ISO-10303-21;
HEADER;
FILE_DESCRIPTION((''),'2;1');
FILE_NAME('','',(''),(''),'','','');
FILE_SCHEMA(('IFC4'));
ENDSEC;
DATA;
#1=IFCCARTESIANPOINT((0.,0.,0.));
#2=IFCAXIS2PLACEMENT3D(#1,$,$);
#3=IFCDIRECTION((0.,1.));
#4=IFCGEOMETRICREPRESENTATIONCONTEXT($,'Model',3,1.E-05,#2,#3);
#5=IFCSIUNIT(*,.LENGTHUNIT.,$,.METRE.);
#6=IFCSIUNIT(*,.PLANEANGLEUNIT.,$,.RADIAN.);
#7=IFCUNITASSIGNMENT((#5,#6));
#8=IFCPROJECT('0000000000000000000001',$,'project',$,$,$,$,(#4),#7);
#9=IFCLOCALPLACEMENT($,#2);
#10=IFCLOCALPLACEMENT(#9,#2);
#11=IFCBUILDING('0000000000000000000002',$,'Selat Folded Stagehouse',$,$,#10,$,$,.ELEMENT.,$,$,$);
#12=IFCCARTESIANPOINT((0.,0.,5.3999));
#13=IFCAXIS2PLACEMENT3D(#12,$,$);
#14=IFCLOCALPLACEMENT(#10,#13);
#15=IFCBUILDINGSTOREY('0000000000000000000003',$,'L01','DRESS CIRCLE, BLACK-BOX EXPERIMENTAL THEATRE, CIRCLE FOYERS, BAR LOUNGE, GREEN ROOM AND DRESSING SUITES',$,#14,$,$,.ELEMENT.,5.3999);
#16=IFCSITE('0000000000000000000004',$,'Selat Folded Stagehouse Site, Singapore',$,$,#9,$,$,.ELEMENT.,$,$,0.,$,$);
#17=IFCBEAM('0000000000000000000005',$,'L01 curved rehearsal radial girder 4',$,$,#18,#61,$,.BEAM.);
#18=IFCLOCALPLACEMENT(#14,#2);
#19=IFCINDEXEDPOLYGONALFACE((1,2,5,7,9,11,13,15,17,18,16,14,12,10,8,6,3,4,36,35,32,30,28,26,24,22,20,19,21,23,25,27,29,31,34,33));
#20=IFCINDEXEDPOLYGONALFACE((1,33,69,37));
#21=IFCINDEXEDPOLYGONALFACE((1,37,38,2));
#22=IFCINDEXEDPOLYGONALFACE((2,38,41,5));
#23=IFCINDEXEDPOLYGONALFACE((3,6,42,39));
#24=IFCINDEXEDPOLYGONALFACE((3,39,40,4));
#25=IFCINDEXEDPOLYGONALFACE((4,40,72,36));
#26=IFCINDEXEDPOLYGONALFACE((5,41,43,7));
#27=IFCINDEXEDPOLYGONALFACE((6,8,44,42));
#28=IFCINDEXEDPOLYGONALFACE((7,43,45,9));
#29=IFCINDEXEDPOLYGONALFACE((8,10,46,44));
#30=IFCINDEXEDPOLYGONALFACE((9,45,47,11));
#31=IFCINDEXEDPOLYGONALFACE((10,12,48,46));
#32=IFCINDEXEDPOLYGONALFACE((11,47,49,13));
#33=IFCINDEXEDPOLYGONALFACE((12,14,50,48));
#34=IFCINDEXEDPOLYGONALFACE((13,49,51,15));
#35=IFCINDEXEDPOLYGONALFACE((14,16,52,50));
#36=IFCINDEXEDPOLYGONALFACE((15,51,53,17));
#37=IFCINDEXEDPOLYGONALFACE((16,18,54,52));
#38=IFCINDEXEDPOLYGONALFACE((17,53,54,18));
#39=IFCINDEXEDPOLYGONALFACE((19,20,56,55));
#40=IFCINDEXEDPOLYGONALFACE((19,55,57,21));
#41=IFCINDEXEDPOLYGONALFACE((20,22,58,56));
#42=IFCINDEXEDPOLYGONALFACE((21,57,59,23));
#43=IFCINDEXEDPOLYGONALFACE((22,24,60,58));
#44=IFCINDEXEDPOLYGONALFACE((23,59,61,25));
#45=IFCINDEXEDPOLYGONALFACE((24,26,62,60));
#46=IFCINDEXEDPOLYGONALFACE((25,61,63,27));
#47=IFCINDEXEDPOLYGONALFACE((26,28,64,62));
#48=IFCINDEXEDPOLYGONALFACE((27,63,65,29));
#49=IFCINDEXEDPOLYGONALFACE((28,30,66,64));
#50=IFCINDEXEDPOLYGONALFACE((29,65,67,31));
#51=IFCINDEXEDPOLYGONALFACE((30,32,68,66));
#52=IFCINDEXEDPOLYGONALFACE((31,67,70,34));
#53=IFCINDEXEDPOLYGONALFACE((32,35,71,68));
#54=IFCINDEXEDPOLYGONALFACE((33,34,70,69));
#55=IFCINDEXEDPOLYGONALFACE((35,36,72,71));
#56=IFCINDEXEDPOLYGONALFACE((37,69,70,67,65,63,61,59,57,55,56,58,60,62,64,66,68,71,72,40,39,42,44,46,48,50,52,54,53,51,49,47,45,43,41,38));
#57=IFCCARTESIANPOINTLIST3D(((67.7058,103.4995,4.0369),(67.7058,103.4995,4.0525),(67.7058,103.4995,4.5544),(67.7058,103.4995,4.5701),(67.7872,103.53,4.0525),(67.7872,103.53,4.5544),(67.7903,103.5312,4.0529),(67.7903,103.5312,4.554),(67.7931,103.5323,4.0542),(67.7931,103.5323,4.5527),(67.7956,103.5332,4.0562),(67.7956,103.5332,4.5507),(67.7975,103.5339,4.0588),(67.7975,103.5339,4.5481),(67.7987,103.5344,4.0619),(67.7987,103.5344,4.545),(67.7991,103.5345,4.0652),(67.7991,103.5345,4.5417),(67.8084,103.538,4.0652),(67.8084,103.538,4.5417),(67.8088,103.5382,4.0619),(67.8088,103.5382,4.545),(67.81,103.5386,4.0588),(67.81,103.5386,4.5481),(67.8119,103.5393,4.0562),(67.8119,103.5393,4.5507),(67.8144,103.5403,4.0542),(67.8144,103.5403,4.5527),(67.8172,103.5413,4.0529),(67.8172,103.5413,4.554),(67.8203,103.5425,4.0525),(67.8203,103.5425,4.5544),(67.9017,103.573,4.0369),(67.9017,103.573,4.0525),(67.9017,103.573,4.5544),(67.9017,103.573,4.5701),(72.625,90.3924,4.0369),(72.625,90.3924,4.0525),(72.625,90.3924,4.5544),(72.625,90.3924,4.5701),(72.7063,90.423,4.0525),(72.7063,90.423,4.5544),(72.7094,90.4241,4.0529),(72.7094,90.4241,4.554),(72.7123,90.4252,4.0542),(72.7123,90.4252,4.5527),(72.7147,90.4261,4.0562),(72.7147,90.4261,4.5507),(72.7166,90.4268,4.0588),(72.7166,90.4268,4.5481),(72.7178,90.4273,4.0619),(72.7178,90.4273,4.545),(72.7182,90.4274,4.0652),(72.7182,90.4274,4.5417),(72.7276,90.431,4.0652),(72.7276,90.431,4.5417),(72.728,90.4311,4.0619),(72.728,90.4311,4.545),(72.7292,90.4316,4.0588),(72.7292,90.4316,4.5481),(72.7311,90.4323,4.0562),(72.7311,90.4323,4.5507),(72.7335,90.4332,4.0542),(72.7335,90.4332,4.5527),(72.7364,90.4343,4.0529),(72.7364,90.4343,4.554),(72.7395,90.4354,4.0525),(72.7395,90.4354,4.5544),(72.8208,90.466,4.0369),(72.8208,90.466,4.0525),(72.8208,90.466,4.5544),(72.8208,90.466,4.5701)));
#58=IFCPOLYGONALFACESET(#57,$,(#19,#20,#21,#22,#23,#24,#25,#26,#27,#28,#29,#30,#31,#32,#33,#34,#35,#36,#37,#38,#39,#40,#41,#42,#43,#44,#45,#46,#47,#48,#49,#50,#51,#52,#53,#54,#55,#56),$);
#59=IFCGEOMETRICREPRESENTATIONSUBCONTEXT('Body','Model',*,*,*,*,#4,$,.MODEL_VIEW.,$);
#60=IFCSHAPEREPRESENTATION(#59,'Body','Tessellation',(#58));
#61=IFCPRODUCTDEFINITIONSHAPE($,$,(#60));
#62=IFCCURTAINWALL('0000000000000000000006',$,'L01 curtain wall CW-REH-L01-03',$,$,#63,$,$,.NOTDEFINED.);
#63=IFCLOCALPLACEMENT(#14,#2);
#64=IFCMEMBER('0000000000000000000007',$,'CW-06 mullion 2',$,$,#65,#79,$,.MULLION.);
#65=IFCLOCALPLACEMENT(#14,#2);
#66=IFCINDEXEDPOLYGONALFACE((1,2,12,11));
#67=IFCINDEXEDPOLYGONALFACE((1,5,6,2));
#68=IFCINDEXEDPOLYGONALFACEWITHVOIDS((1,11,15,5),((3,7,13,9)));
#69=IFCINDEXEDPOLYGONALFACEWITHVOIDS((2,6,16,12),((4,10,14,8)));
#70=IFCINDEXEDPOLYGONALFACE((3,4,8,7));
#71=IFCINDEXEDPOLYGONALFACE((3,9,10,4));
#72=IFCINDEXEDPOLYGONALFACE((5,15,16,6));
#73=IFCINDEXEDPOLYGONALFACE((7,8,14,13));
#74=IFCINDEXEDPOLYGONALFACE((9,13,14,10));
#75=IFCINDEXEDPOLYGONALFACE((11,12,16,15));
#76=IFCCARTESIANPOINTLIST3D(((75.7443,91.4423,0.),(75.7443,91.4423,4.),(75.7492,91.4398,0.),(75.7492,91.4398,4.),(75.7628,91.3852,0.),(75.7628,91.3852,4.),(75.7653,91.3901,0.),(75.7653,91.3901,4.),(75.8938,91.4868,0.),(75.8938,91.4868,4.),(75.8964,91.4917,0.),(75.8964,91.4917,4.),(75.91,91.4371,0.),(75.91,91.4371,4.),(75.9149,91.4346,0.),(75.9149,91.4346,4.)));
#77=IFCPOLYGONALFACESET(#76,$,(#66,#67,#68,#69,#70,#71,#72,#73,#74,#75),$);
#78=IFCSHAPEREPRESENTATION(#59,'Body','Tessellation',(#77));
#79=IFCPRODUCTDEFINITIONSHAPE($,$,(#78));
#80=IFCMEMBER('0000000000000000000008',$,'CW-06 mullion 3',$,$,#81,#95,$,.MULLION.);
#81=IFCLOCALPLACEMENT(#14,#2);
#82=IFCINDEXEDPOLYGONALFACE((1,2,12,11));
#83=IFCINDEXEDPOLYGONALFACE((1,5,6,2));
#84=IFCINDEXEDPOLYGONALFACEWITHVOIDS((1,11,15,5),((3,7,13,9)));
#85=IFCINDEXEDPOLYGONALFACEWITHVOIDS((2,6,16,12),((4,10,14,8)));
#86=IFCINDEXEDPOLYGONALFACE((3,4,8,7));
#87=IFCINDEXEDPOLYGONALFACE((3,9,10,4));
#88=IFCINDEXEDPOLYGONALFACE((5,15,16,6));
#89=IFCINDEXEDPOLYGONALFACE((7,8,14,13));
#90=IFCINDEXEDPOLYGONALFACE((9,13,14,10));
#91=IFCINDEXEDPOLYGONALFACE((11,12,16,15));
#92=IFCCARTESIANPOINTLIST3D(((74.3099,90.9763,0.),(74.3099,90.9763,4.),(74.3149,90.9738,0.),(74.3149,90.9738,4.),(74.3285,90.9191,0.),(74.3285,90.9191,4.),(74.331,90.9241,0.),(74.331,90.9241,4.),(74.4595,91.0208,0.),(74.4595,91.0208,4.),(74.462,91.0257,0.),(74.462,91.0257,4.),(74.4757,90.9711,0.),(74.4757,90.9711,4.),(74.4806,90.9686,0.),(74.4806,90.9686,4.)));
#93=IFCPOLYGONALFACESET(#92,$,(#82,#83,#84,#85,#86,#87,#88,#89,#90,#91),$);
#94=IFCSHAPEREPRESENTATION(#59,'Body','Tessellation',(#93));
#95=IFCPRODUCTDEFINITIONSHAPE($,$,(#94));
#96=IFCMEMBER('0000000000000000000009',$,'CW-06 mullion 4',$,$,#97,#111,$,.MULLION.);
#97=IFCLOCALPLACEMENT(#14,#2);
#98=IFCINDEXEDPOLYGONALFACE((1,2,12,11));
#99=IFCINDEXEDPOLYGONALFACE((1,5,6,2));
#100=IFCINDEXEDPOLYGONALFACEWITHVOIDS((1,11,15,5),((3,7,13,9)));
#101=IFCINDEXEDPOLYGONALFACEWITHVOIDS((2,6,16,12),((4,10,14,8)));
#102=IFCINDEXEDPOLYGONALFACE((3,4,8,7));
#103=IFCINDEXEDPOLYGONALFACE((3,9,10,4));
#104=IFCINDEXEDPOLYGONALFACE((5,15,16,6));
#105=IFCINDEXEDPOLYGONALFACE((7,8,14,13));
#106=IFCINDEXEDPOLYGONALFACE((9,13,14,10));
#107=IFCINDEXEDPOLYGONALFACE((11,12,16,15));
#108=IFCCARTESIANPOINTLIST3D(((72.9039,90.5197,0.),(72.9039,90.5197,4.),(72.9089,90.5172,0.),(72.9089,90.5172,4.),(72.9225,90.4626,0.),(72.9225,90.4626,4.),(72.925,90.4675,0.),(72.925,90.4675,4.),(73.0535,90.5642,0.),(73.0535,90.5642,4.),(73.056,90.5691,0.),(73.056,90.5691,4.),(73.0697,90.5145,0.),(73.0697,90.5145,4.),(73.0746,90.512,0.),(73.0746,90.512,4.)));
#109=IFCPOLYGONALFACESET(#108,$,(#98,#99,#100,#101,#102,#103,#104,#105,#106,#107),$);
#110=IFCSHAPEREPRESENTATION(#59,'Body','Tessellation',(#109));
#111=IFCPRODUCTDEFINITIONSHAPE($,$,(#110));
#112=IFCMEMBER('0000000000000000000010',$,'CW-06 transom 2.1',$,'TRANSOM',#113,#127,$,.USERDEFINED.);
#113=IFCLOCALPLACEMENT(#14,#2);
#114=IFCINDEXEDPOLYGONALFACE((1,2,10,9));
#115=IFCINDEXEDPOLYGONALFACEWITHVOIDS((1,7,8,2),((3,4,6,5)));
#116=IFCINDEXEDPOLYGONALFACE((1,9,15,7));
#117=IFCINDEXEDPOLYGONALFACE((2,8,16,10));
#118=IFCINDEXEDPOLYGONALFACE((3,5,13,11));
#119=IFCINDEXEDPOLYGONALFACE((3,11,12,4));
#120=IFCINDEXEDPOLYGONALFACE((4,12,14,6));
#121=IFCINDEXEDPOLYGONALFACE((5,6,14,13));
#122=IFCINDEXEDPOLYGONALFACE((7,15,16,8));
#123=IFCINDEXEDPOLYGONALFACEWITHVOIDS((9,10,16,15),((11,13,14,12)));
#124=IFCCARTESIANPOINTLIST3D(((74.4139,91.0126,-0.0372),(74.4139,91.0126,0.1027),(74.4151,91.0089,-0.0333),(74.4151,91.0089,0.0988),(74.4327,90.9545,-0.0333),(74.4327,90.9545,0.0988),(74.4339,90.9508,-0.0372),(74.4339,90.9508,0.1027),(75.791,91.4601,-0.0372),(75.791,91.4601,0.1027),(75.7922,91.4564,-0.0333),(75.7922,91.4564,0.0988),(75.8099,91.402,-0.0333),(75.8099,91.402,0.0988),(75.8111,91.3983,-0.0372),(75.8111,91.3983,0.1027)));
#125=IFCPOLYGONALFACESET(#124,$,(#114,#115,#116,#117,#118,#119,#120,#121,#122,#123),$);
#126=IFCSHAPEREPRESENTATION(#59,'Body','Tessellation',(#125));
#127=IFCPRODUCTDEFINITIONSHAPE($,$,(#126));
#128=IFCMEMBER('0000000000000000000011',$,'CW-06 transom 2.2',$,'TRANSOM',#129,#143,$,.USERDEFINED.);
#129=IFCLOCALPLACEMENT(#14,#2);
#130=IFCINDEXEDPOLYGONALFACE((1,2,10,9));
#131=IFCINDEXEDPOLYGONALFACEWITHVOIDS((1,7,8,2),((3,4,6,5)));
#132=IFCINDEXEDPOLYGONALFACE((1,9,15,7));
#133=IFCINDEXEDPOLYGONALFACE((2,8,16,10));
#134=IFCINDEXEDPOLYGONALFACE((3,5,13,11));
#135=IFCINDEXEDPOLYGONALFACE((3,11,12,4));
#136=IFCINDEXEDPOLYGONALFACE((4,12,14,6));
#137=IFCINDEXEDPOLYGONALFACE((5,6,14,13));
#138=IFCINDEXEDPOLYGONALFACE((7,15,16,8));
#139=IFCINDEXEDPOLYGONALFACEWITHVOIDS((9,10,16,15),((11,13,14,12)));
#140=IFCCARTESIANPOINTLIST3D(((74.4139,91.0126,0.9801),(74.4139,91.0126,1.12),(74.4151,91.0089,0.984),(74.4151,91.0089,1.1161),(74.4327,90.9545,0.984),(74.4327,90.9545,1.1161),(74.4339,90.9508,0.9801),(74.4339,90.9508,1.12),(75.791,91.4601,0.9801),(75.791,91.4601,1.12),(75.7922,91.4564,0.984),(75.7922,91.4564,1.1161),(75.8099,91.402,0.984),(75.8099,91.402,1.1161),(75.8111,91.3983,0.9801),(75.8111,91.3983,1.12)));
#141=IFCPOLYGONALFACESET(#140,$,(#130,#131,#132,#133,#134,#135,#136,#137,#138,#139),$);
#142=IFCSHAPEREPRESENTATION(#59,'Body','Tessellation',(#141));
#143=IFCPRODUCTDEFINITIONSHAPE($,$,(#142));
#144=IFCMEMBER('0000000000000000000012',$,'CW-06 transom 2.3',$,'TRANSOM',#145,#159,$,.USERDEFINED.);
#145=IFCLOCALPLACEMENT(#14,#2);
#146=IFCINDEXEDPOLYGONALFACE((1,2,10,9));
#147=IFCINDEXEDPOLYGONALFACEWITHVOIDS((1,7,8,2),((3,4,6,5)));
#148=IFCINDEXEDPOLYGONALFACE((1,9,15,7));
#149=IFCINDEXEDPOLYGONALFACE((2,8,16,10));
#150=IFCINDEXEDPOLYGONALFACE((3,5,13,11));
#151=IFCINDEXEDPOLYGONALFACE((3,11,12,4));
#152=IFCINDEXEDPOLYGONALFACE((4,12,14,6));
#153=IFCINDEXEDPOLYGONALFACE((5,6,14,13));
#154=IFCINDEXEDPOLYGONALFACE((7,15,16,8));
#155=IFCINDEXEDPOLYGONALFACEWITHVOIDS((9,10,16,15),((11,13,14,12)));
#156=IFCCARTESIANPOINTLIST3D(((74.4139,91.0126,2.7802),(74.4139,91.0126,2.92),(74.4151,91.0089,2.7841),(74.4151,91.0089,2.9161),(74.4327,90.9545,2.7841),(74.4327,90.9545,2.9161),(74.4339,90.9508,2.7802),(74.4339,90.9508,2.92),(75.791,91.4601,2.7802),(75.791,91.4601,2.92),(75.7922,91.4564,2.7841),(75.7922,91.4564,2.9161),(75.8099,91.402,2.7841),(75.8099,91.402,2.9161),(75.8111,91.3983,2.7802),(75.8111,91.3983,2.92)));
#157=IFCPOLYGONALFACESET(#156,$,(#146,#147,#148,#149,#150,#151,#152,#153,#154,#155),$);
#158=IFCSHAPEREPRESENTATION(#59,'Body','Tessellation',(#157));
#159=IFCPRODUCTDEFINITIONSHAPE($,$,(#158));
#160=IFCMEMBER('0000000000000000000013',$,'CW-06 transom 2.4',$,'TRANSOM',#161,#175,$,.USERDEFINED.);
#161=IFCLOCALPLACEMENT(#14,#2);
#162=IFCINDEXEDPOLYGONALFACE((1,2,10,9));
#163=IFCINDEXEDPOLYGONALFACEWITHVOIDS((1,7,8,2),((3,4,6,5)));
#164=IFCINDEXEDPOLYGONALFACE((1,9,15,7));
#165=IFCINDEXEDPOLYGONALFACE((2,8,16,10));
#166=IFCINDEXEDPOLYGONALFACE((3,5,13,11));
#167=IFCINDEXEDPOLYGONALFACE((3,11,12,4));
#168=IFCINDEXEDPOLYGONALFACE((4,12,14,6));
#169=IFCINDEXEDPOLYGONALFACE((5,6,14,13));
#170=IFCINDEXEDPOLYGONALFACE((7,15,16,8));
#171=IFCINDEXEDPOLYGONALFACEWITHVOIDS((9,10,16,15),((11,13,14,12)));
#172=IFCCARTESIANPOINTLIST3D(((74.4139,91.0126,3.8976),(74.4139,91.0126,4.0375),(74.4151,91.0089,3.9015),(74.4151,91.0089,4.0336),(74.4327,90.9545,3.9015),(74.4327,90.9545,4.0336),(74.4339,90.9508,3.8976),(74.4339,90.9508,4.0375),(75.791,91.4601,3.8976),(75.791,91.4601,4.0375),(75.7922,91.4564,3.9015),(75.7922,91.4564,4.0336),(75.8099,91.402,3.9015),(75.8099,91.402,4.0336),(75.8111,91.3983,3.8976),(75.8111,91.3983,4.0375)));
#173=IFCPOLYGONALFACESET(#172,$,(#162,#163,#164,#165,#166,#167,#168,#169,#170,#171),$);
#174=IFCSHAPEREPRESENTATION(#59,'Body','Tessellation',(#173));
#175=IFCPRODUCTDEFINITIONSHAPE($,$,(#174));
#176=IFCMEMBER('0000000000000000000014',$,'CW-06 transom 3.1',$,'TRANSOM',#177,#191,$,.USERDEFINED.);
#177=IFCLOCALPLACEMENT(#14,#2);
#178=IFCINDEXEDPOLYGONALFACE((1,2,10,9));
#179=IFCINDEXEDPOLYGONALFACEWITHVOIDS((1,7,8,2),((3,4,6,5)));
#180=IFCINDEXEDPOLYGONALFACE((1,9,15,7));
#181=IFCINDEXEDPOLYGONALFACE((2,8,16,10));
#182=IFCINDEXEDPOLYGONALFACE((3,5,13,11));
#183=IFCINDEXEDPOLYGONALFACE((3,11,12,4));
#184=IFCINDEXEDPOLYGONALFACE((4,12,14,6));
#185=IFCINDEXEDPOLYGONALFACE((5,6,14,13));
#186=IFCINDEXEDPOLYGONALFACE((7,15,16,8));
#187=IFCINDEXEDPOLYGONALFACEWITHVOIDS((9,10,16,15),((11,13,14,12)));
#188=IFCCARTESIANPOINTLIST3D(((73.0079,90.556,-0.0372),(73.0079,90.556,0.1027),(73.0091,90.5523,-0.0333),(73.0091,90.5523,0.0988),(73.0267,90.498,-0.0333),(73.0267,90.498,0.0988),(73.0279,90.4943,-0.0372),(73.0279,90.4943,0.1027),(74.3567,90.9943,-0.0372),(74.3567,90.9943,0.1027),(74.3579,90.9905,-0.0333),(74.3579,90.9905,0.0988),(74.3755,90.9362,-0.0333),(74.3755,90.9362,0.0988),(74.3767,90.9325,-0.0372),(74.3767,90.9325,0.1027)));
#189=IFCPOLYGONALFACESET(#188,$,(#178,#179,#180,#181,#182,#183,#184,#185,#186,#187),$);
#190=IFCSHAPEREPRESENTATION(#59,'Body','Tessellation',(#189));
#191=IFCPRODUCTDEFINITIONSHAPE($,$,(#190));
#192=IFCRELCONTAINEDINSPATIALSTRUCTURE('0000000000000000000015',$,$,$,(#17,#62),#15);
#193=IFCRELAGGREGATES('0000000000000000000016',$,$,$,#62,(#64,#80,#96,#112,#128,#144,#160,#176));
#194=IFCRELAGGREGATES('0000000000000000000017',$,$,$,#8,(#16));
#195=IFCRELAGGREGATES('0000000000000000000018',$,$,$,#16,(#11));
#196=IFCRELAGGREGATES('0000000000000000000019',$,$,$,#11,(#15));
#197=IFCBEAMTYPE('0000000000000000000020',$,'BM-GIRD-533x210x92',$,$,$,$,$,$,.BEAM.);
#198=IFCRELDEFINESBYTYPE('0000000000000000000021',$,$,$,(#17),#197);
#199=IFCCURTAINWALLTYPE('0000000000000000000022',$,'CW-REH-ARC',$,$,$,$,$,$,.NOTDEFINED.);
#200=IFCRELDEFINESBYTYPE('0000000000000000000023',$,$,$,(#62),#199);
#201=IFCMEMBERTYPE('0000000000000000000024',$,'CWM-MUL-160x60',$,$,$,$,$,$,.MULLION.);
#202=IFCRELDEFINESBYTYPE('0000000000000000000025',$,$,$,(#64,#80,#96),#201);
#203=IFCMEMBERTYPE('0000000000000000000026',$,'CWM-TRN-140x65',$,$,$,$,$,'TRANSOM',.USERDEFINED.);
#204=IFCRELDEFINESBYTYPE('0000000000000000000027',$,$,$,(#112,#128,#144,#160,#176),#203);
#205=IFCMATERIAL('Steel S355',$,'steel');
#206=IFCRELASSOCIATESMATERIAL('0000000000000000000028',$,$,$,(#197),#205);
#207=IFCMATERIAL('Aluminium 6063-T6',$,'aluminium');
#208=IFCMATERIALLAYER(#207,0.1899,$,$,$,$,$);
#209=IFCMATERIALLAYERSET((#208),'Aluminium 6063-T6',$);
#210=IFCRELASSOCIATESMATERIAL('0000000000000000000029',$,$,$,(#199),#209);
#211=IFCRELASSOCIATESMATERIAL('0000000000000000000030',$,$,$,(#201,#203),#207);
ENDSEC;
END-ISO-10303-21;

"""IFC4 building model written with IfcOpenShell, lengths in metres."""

from ifc_helpers import new_model, si_unit, direction, frame, origin, origin_2d, place, context, subcontext, project, spatial, hollow_rectangle, i_section, extrude, material, layer, layer_set, material_profile, profile_set, type_object, element, aggregate, save


model = new_model("IFC4")

# Units and contexts
model_context = context("Model", 3, precision=1e-05, world=origin(), true_north=direction((0.0, 1.0)))
body_context = subcontext(model_context, "Body", "Model", "MODEL_VIEW")
ifc_project = project(units=[si_unit("LENGTHUNIT", "METRE"), si_unit("PLANEANGLEUNIT", "RADIAN")], contexts=[model_context])

# Site, building, storey
site_placement = place(None, origin())
site = spatial("IfcSite", under=ifc_project, at=site_placement, Name="Selat Folded Stagehouse Site, Singapore", CompositionType="ELEMENT", RefElevation=0.0)
building_placement = place(site_placement, origin())
building = spatial("IfcBuilding", under=site, at=building_placement, Name="Selat Folded Stagehouse", CompositionType="ELEMENT")
storey_placement = place(building_placement, frame((0.0, 0.0, 5.3999)))
storey = spatial("IfcBuildingStorey", under=building, at=storey_placement, Name="L01", Description="DRESS CIRCLE, BLACK-BOX EXPERIMENTAL THEATRE, CIRCLE FOYERS, BAR LOUNGE, GREEN ROOM AND DRESSING SUITES", CompositionType="ELEMENT", Elevation=5.3999)

# Beam
ifc_material_1 = material(Name="Steel S355", Category="steel")
ifc_material_profile_1 = material_profile(ifc_material_1, i_section(OverallWidth=0.2092, OverallDepth=0.5332, WebThickness=0.01, FlangeThickness=0.0156, FilletRadius=0.0127, at=origin_2d()), Name="UKB 533x210x92")
ifc_profile_set_1 = profile_set([ifc_material_profile_1], Name="Steel S355")
beam_type = type_object("IfcBeamType", Name="BM-GIRD-533x210x92", PredefinedType="BEAM", material=ifc_profile_set_1)
beam_placement = place(storey_placement, frame((72.7229, 90.4292, 4.3035), z_axis=(-0.351374, 0.936235, 0.0), x_axis=(-0.936235, -0.351374, 0.0)))
element("IfcBeam", 1, at=beam_placement, inside=storey, type_object=beam_type, Name="L01 curved rehearsal radial girder 4", PredefinedType="BEAM", context=body_context, shape_type="SweptSolid", body=[
    extrude(i_section(OverallWidth=0.2092, OverallDepth=0.5332, WebThickness=0.01, FlangeThickness=0.0156, FilletRadius=0.0127, at=origin_2d()), origin(), (0.0, 0.0, 1.0), 13.9998),
])

# Curtain wall, members
ifc_material_2 = material(Name="Aluminium 6063-T6", Category="aluminium")
ifc_layer_1 = layer(ifc_material_2, 0.1899)
ifc_layer_set_1 = layer_set([ifc_layer_1], Name="Aluminium 6063-T6")
curtain_wall_type = type_object("IfcCurtainWallType", Name="CW-REH-ARC", PredefinedType="NOTDEFINED", material=ifc_layer_set_1)
curtain_wall_placement = place(storey_placement, origin())
curtain_wall = element("IfcCurtainWall", 2, at=curtain_wall_placement, inside=storey, type_object=curtain_wall_type, Name="L01 curtain wall CW-REH-L01-03", PredefinedType="NOTDEFINED")
ifc_material_profile_2 = material_profile(ifc_material_2, hollow_rectangle(XDim=0.0601, YDim=0.1599, WallThickness=0.0039, at=origin_2d()), Name="ALU 160x60x4.0")
ifc_profile_set_2 = profile_set([ifc_material_profile_2], Name="Aluminium 6063-T6")
member_type_1 = type_object("IfcMemberType", Name="CWM-MUL-160x60", PredefinedType="MULLION", material=ifc_profile_set_2)
member_1_placement = place(storey_placement, frame((75.8296, 91.4385, 0.0), z_axis=(0.0, 0.0, 1.0), x_axis=(0.308992, -0.951065, 0.0)))
member_1 = element("IfcMember", 3, at=member_1_placement, type_object=member_type_1, Name="CW-06 mullion 2", PredefinedType="MULLION", context=body_context, shape_type="SweptSolid", body=[
    extrude(hollow_rectangle(XDim=0.0601, YDim=0.1599, WallThickness=0.0039, at=origin_2d()), origin(), (0.0, 0.0, 1.0), 4.0),
])
member_2_placement = place(storey_placement, frame((74.3953, 90.9724, 0.0), z_axis=(0.0, 0.0, 1.0), x_axis=(0.308992, -0.951065, 0.0)))
member_2 = element("IfcMember", 4, at=member_2_placement, type_object=member_type_1, Name="CW-06 mullion 3", PredefinedType="MULLION", context=body_context, shape_type="SweptSolid", body=[
    extrude(hollow_rectangle(XDim=0.0601, YDim=0.1599, WallThickness=0.0039, at=origin_2d()), origin(), (0.0, 0.0, 1.0), 4.0),
])
member_3_placement = place(storey_placement, frame((72.9893, 90.5159, 0.0), z_axis=(0.0, 0.0, 1.0), x_axis=(0.308992, -0.951065, 0.0)))
member_3 = element("IfcMember", 5, at=member_3_placement, type_object=member_type_1, Name="CW-06 mullion 4", PredefinedType="MULLION", context=body_context, shape_type="SweptSolid", body=[
    extrude(hollow_rectangle(XDim=0.0601, YDim=0.1599, WallThickness=0.0039, at=origin_2d()), origin(), (0.0, 0.0, 1.0), 4.0),
])
ifc_material_profile_3 = material_profile(ifc_material_2, hollow_rectangle(XDim=0.0649, YDim=0.1399, WallThickness=0.0039, at=origin_2d()), Name="ALU 140x65x4.0")
ifc_profile_set_3 = profile_set([ifc_material_profile_3], Name="Aluminium 6063-T6")
member_type_2 = type_object("IfcMemberType", Name="CWM-TRN-140x65", ElementType="TRANSOM", PredefinedType="USERDEFINED", material=ifc_profile_set_3)
member_4_placement = place(storey_placement, frame((75.801, 91.4292, 0.0327), z_axis=(-0.95105, -0.309037, 0.0), x_axis=(0.309037, -0.95105, 0.0)))
member_4 = element("IfcMember", 6, at=member_4_placement, type_object=member_type_2, Name="CW-06 transom 2.1", ObjectType="TRANSOM", PredefinedType="USERDEFINED", context=body_context, shape_type="SweptSolid", body=[
    extrude(hollow_rectangle(XDim=0.0649, YDim=0.1399, WallThickness=0.0039, at=origin_2d()), origin(), (0.0, 0.0, 1.0), 1.448),
])
member_5_placement = place(storey_placement, frame((75.801, 91.4292, 1.05), z_axis=(-0.95105, -0.309037, 0.0), x_axis=(0.309037, -0.95105, 0.0)))
member_5 = element("IfcMember", 7, at=member_5_placement, type_object=member_type_2, Name="CW-06 transom 2.2", ObjectType="TRANSOM", PredefinedType="USERDEFINED", context=body_context, shape_type="SweptSolid", body=[
    extrude(hollow_rectangle(XDim=0.0649, YDim=0.1399, WallThickness=0.0039, at=origin_2d()), origin(), (0.0, 0.0, 1.0), 1.448),
])
member_6_placement = place(storey_placement, frame((75.801, 91.4292, 2.8501), z_axis=(-0.95105, -0.309037, 0.0), x_axis=(0.309037, -0.95105, 0.0)))
member_6 = element("IfcMember", 8, at=member_6_placement, type_object=member_type_2, Name="CW-06 transom 2.3", ObjectType="TRANSOM", PredefinedType="USERDEFINED", context=body_context, shape_type="SweptSolid", body=[
    extrude(hollow_rectangle(XDim=0.0649, YDim=0.1399, WallThickness=0.0039, at=origin_2d()), origin(), (0.0, 0.0, 1.0), 1.448),
])
member_7_placement = place(storey_placement, frame((75.801, 91.4292, 3.9675), z_axis=(-0.95105, -0.309037, 0.0), x_axis=(0.309037, -0.95105, 0.0)))
member_7 = element("IfcMember", 9, at=member_7_placement, type_object=member_type_2, Name="CW-06 transom 2.4", ObjectType="TRANSOM", PredefinedType="USERDEFINED", context=body_context, shape_type="SweptSolid", body=[
    extrude(hollow_rectangle(XDim=0.0649, YDim=0.1399, WallThickness=0.0039, at=origin_2d()), origin(), (0.0, 0.0, 1.0), 1.448),
])
member_8_placement = place(storey_placement, frame((74.3667, 90.9634, 0.0327), z_axis=(-0.951066, -0.308989, 0.0), x_axis=(0.308989, -0.951066, 0.0)))
member_8 = element("IfcMember", 10, at=member_8_placement, type_object=member_type_2, Name="CW-06 transom 3.1", ObjectType="TRANSOM", PredefinedType="USERDEFINED", context=body_context, shape_type="SweptSolid", body=[
    extrude(hollow_rectangle(XDim=0.0649, YDim=0.1399, WallThickness=0.0039, at=origin_2d()), origin(), (0.0, 0.0, 1.0), 1.4182),
])
aggregate(curtain_wall, [member_1, member_2, member_3, member_4, member_5, member_6, member_7, member_8])

save(model, "model.ifc")
